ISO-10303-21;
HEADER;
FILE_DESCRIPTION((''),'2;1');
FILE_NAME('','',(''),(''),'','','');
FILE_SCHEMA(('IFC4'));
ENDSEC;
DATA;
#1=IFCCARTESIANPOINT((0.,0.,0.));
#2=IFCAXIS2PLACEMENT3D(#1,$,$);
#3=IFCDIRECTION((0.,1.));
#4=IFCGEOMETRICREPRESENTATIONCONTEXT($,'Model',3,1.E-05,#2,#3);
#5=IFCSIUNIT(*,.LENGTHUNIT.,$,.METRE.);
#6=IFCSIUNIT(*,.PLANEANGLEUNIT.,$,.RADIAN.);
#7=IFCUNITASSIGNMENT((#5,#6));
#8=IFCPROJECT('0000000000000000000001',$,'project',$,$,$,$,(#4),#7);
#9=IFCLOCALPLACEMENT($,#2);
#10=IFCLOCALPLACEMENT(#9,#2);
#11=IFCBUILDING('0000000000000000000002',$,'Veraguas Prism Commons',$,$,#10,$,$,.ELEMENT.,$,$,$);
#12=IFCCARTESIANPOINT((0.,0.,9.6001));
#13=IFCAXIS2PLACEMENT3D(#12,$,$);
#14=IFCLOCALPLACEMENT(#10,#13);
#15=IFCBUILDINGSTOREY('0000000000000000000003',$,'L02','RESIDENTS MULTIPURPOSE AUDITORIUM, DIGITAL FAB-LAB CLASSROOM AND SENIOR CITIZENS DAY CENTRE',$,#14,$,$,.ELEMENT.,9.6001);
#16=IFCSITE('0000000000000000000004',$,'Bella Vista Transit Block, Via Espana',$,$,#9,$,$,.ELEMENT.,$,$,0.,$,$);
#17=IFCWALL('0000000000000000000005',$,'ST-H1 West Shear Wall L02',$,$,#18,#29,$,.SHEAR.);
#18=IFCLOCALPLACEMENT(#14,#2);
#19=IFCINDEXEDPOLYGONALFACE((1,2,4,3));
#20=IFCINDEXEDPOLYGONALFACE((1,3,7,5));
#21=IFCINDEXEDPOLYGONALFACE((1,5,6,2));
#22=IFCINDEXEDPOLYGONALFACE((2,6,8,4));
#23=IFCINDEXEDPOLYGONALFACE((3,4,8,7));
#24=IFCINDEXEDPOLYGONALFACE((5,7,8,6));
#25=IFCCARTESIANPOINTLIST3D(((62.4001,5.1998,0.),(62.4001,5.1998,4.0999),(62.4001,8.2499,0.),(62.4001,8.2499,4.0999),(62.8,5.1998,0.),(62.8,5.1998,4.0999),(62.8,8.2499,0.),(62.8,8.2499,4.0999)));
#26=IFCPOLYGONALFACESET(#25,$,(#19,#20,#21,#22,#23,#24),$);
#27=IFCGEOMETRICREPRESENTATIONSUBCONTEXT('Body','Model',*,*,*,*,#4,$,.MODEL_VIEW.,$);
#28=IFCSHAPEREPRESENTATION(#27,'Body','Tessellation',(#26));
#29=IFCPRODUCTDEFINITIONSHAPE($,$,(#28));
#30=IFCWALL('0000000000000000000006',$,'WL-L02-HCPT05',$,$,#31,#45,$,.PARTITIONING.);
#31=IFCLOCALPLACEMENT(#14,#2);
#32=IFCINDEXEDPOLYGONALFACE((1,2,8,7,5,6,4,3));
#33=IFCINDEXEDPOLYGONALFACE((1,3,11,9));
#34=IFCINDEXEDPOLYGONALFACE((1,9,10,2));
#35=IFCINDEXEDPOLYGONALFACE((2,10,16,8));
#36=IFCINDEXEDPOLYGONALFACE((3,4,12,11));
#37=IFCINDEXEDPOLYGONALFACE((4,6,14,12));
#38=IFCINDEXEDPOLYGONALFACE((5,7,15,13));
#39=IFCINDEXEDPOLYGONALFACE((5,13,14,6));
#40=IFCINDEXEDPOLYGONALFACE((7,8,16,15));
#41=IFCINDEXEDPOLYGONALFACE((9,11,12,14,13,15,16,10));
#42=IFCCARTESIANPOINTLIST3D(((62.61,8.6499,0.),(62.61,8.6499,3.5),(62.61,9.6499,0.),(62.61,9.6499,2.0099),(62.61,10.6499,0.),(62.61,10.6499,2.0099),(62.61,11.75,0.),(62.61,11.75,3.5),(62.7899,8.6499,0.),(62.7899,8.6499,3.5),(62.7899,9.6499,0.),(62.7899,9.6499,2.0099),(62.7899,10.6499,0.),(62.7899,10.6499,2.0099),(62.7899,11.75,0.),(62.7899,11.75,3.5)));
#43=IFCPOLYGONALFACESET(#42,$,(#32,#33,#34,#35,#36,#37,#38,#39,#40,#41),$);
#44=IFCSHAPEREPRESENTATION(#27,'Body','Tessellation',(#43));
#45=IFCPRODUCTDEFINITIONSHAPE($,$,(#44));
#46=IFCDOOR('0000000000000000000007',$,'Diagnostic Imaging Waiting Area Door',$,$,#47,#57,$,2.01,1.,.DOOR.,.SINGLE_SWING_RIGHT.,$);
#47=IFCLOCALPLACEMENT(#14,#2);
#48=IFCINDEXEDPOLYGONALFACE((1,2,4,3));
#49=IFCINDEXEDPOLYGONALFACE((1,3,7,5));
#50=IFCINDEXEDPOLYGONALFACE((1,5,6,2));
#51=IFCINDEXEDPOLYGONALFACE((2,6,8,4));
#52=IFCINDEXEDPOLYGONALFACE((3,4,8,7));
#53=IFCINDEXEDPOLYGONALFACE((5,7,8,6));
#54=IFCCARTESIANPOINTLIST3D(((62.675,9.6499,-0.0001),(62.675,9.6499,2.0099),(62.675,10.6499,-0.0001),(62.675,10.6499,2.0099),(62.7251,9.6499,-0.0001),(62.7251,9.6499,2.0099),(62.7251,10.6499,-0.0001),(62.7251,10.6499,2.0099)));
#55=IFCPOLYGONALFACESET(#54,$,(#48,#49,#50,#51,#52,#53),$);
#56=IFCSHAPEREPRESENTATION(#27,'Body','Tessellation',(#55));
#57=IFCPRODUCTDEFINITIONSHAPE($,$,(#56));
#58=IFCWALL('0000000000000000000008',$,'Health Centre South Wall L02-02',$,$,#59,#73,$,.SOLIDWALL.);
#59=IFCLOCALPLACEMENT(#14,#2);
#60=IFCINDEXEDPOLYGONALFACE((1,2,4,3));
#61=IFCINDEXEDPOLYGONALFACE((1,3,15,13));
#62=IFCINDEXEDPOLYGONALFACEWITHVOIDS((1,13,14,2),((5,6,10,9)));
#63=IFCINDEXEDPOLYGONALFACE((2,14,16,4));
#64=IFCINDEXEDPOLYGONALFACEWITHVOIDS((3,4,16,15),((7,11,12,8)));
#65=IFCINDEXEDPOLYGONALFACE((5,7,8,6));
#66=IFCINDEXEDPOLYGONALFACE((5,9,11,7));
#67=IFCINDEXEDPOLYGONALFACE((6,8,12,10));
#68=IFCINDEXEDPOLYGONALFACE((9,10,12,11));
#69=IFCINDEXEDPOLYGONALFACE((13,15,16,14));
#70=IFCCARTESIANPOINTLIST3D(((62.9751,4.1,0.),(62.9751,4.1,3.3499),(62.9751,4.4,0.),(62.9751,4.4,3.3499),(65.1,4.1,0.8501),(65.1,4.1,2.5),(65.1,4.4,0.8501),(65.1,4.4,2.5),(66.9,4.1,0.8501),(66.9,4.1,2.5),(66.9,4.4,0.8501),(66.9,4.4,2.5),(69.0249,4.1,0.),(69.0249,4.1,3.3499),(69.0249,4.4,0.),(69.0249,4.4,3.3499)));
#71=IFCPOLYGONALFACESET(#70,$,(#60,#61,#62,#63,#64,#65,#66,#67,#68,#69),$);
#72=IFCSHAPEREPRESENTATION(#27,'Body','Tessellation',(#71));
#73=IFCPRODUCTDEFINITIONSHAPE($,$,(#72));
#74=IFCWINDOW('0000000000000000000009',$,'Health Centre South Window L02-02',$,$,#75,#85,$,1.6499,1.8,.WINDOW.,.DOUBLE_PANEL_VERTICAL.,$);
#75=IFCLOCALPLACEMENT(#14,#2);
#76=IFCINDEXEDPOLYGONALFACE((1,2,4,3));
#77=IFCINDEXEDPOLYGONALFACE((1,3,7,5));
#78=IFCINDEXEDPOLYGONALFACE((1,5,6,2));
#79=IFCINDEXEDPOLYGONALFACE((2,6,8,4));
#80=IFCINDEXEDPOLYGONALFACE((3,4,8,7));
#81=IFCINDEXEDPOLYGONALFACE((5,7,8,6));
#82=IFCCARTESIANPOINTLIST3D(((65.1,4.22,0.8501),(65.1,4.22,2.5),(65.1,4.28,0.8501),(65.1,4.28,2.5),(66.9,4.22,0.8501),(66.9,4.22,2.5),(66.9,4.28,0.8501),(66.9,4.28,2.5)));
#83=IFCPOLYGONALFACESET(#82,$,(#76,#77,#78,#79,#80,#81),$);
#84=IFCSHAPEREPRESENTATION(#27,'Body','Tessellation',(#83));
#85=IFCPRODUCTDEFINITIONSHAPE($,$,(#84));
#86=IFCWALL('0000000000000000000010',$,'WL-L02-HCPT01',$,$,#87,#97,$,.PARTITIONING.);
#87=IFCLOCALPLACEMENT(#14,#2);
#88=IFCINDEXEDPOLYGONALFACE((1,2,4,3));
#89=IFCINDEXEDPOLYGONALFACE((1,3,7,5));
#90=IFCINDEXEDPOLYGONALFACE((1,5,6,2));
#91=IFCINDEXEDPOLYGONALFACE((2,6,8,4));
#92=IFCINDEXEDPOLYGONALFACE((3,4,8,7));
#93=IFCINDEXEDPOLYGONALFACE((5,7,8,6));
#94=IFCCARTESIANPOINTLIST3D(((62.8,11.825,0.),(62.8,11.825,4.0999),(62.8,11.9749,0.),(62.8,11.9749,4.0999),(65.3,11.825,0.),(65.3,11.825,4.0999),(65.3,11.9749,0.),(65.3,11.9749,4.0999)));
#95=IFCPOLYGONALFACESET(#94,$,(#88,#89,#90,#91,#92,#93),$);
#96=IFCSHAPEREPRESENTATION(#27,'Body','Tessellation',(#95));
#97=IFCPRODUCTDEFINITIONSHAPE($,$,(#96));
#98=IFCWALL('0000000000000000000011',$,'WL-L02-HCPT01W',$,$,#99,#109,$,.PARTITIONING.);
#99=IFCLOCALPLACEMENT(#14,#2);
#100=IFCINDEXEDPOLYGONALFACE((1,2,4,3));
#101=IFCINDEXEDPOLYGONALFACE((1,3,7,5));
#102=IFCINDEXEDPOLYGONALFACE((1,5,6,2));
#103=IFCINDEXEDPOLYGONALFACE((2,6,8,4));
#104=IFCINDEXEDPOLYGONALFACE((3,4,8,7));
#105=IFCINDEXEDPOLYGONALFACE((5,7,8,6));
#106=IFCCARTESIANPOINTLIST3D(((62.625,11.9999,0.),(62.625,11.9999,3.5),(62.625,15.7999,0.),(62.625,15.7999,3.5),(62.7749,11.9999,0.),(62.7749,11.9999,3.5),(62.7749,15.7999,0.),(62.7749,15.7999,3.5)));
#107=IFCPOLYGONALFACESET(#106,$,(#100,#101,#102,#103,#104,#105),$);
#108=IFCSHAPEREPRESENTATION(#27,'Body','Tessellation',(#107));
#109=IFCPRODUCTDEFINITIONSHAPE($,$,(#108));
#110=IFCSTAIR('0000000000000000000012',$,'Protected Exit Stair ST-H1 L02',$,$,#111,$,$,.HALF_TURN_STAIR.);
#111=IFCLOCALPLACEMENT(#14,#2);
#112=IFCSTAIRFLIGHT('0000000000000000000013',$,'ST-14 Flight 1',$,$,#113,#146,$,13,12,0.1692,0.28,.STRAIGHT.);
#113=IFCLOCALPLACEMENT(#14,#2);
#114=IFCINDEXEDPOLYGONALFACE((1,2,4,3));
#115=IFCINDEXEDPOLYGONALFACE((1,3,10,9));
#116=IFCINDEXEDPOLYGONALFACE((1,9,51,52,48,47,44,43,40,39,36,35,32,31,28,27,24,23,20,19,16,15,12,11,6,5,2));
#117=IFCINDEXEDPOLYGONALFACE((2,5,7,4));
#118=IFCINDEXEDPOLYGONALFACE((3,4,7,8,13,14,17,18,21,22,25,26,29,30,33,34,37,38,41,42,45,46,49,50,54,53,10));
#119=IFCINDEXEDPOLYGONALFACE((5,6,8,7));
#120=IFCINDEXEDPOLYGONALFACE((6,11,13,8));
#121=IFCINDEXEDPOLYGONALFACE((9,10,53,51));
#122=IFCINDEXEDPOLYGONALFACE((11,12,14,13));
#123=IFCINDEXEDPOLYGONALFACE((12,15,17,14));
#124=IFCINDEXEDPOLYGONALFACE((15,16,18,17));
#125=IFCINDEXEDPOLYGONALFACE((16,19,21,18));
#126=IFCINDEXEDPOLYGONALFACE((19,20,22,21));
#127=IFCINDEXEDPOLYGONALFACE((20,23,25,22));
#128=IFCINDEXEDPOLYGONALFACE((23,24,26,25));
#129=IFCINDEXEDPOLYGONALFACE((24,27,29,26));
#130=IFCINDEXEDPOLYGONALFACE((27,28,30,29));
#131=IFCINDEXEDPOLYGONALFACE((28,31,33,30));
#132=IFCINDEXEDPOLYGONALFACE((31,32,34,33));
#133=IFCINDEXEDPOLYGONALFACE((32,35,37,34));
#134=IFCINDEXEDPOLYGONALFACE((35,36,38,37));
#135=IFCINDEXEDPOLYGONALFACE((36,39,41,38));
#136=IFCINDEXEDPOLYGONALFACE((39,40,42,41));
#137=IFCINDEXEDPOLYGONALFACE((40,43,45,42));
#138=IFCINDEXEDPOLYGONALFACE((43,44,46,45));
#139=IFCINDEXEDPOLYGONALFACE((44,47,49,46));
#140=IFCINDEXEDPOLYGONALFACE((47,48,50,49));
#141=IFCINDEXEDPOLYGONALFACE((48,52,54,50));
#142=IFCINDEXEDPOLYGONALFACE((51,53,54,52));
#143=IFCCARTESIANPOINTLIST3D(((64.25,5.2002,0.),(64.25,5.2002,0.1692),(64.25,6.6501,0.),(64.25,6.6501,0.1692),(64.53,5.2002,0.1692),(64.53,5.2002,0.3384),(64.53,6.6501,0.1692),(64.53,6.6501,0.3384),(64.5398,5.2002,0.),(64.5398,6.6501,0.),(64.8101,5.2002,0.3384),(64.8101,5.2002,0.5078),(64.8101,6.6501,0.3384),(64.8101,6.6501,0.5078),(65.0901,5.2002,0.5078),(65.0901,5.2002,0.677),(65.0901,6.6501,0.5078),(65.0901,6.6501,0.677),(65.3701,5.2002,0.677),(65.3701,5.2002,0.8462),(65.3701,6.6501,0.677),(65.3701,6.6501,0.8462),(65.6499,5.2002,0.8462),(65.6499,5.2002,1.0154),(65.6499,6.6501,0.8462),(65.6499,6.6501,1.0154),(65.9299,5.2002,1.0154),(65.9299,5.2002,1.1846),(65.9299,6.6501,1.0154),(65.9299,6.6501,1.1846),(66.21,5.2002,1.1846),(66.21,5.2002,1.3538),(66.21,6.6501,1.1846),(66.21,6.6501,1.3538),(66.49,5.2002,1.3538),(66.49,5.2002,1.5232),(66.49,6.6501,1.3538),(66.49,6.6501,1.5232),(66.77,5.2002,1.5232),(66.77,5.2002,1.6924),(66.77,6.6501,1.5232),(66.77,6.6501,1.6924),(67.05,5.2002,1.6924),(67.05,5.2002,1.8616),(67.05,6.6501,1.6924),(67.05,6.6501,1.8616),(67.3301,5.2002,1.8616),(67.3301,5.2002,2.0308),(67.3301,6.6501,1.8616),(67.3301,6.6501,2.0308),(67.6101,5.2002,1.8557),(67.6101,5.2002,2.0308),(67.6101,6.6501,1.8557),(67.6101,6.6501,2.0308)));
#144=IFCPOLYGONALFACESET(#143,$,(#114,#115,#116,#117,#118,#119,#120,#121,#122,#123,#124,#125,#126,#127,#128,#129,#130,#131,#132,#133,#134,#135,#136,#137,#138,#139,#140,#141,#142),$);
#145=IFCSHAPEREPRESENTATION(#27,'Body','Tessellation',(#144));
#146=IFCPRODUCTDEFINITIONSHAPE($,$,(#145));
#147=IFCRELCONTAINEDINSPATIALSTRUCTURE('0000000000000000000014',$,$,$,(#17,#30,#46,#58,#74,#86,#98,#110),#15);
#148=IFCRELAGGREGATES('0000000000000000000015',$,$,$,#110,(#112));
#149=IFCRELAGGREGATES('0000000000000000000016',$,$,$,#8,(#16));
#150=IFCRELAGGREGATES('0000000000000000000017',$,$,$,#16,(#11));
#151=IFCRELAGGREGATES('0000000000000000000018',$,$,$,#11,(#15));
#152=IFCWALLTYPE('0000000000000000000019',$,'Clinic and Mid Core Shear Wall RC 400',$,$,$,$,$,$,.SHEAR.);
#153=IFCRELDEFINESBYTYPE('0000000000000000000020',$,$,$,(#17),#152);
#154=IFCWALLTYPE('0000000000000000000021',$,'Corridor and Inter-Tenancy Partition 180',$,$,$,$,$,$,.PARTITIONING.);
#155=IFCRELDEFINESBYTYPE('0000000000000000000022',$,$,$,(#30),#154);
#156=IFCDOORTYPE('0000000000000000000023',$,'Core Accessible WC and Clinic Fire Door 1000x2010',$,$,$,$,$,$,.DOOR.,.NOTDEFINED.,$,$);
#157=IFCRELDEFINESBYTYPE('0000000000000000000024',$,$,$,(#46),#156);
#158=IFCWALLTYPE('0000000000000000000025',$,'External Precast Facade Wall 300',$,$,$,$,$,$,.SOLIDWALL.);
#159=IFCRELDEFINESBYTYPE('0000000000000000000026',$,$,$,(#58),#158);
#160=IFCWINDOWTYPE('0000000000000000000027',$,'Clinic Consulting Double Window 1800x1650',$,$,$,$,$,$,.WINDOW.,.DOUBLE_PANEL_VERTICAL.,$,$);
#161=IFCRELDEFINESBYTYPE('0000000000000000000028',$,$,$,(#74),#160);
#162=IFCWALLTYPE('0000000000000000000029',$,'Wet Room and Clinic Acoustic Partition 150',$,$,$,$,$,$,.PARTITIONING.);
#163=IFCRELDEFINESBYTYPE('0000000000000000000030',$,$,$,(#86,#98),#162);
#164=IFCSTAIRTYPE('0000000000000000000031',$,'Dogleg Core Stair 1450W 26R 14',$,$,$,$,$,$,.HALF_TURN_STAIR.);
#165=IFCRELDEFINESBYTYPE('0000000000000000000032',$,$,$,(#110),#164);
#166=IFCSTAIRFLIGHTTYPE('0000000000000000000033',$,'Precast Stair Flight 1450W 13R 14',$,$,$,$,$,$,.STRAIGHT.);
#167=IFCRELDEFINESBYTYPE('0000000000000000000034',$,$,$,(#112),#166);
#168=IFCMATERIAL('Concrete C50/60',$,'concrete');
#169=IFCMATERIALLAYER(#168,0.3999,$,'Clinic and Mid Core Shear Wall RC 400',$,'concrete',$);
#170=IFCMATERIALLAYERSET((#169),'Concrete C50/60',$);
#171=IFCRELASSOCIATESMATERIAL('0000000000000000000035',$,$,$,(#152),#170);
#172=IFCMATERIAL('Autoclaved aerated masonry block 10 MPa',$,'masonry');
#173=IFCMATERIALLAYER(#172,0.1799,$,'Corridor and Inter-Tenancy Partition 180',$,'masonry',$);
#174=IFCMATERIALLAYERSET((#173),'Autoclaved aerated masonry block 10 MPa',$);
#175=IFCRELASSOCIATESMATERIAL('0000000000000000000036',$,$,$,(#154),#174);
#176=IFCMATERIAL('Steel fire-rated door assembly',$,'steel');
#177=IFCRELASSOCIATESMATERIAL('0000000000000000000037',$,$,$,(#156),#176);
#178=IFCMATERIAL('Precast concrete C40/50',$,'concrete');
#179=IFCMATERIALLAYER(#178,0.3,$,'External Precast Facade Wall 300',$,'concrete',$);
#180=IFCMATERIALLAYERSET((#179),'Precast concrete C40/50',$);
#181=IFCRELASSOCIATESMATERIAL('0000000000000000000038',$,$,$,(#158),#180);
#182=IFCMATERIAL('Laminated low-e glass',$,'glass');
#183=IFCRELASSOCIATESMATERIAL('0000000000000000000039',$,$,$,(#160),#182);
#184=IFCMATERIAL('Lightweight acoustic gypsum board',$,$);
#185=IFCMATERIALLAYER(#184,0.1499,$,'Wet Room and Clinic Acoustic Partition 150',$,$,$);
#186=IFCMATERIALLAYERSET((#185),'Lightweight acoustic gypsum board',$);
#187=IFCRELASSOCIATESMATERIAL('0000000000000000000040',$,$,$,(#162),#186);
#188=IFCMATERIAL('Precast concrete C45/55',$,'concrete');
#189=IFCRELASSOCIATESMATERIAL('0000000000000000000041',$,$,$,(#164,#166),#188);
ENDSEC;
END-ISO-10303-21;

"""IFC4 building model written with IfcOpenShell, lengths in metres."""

from ifc_helpers import new_model, si_unit, direction, frame, frame_2d, origin, place, context, subcontext, project, spatial, polyline, rectangle, outline, extrude, source, transform, mapped, material, layer, layer_set, type_object, element, fill, aggregate, save


model = new_model("IFC4")

# Units and contexts
model_context = context("Model", 3, precision=1e-05, world=origin(), true_north=direction((0.0, 1.0)))
body_context = subcontext(model_context, "Body", "Model", "MODEL_VIEW")
ifc_project = project(units=[si_unit("LENGTHUNIT", "METRE"), si_unit("PLANEANGLEUNIT", "RADIAN")], contexts=[model_context])

# Site, building, storey
site_placement = place(None, origin())
site = spatial("IfcSite", under=ifc_project, at=site_placement, Name="Bella Vista Transit Block, Via Espana", CompositionType="ELEMENT", RefElevation=0.0)
building_placement = place(site_placement, origin())
building = spatial("IfcBuilding", under=site, at=building_placement, Name="Veraguas Prism Commons", CompositionType="ELEMENT")
storey_placement = place(building_placement, frame((0.0, 0.0, 9.6001)))
storey = spatial("IfcBuildingStorey", under=building, at=storey_placement, Name="L02", Description="RESIDENTS MULTIPURPOSE AUDITORIUM, DIGITAL FAB-LAB CLASSROOM AND SENIOR CITIZENS DAY CENTRE", CompositionType="ELEMENT", Elevation=9.6001)

# Shared definitions
ifc_material_1 = material(Name="Concrete C50/60", Category="concrete")

# Shared definitions
ifc_layer_1 = layer(ifc_material_1, 0.3999, Name="Clinic and Mid Core Shear Wall RC 400", Category="concrete")
ifc_layer_set_1 = layer_set([ifc_layer_1], Name="Concrete C50/60")
wall_type_1 = type_object("IfcWallType", Name="Clinic and Mid Core Shear Wall RC 400", PredefinedType="SHEAR", material=ifc_layer_set_1)

# Shared definitions
ifc_material_2 = material(Name="Steel fire-rated door assembly", Category="steel")

# Wall
wall_1_placement = place(storey_placement, frame((62.6001, 5.2, 0.0), z_axis=(0.0, 0.0, 1.0), x_axis=(0.0, 1.0, 0.0)))
element("IfcWall", 1, at=wall_1_placement, inside=storey, type_object=wall_type_1, Name="ST-H1 West Shear Wall L02", PredefinedType="SHEAR", context=body_context, shape_type="SweptSolid", body=[
    extrude(rectangle(XDim=3.05, YDim=0.3999, at=frame_2d((1.5249, 0.0))), origin(), (0.0, 0.0, 1.0), 4.0999),
])

# Wall, opening, door
ifc_material_3 = material(Name="Autoclaved aerated masonry block 10 MPa", Category="masonry")
ifc_layer_2 = layer(ifc_material_3, 0.1799, Name="Corridor and Inter-Tenancy Partition 180", Category="masonry")
ifc_layer_set_2 = layer_set([ifc_layer_2], Name="Autoclaved aerated masonry block 10 MPa")
wall_type_2 = type_object("IfcWallType", Name="Corridor and Inter-Tenancy Partition 180", PredefinedType="PARTITIONING", material=ifc_layer_set_2)
wall_2_placement = place(storey_placement, frame((62.7, 8.6499, 0.0), z_axis=(0.0, 0.0, 1.0), x_axis=(0.0, 1.0, 0.0)))
wall_2 = element("IfcWall", 2, at=wall_2_placement, inside=storey, type_object=wall_type_2, Name="WL-L02-HCPT05", PredefinedType="PARTITIONING", context=body_context, shape_type="SweptSolid", body=[
    extrude(rectangle(XDim=3.1001, YDim=0.1799, at=frame_2d((1.55, 0.0))), origin(), (0.0, 0.0, 1.0), 3.5),
])
opening_1_placement = place(wall_2_placement, frame((1.0, 0.0, 0.0)))
opening_1 = element("IfcOpeningElement", 3, at=opening_1_placement, cuts=wall_2, PredefinedType="OPENING", context=body_context, shape_type="SweptSolid", body=[
    extrude(rectangle(XDim=1.0, YDim=2.01, at=frame_2d((0.5, 1.0049))), frame((0.0, 0.0999, 0.0), z_axis=(0.0, -1.0, 0.0), x_axis=(1.0, 0.0, 0.0)), (0.0, 0.0, 1.0), 0.2),
])
door_type_1 = type_object("IfcDoorType", Name="Core Accessible WC and Clinic Fire Door 1000x2010", OperationType="NOTDEFINED", PredefinedType="DOOR", material=ifc_material_2)
shared_shape_1 = source(origin(), body_context, "Body", "SweptSolid", [
    extrude(rectangle(XDim=1.0, YDim=2.01, at=frame_2d((0.5, 1.0049))), frame((0.0, 0.0249, 0.0), z_axis=(0.0, -1.0, 0.0), x_axis=(1.0, 0.0, 0.0)), (0.0, 0.0, 1.0), 0.05),
])
door_1_placement = place(opening_1_placement, origin())
door_1 = element("IfcDoor", 4, at=door_1_placement, inside=storey, type_object=door_type_1, Name="Diagnostic Imaging Waiting Area Door", OperationType="SINGLE_SWING_RIGHT", OverallHeight=2.01, OverallWidth=1.0, PredefinedType="DOOR", context=body_context, shape_type="MappedRepresentation", body=[
    mapped(shared_shape_1, transform((0.0, 0.0, 0.0), scale=1.0)),
])
fill(opening_1, door_1)

# Wall, opening, window
ifc_material_4 = material(Name="Precast concrete C40/50", Category="concrete")
ifc_layer_3 = layer(ifc_material_4, 0.3, Name="External Precast Facade Wall 300", Category="concrete")
ifc_layer_set_3 = layer_set([ifc_layer_3], Name="Precast concrete C40/50")
wall_type_3 = type_object("IfcWallType", Name="External Precast Facade Wall 300", PredefinedType="SOLIDWALL", material=ifc_layer_set_3)
wall_3_placement = place(storey_placement, frame((62.9751, 4.25, 0.0), z_axis=(0.0, 0.0, 1.0), x_axis=(1.0, 0.0, 0.0)))
wall_3 = element("IfcWall", 5, at=wall_3_placement, inside=storey, type_object=wall_type_3, Name="Health Centre South Wall L02-02", PredefinedType="SOLIDWALL", context=body_context, shape_type="SweptSolid", body=[
    extrude(rectangle(XDim=6.0498, YDim=0.3, at=frame_2d((3.0249, 0.0))), origin(), (0.0, 0.0, 1.0), 3.3499),
])
opening_2_placement = place(wall_3_placement, frame((2.125, 0.0, 0.8501)))
opening_2 = element("IfcOpeningElement", 6, at=opening_2_placement, cuts=wall_3, PredefinedType="OPENING", context=body_context, shape_type="SweptSolid", body=[
    extrude(rectangle(XDim=1.8, YDim=1.6499, at=frame_2d((0.8999, 0.825))), frame((0.0, 0.1599, 0.0), z_axis=(0.0, -1.0, 0.0), x_axis=(1.0, 0.0, 0.0)), (0.0, 0.0, 1.0), 0.3201),
])
ifc_material_5 = material(Name="Laminated low-e glass", Category="glass")
window_type = type_object("IfcWindowType", Name="Clinic Consulting Double Window 1800x1650", PartitioningType="DOUBLE_PANEL_VERTICAL", PredefinedType="WINDOW", material=ifc_material_5)
shared_shape_2 = source(origin(), body_context, "Body", "SweptSolid", [
    extrude(rectangle(XDim=1.8, YDim=1.6499, at=frame_2d((0.8999, 0.825))), frame((0.0, 0.03, 0.0), z_axis=(0.0, -1.0, 0.0), x_axis=(1.0, 0.0, 0.0)), (0.0, 0.0, 1.0), 0.0601),
])
window_placement = place(opening_2_placement, origin())
window = element("IfcWindow", 7, at=window_placement, inside=storey, type_object=window_type, Name="Health Centre South Window L02-02", OverallHeight=1.6499, OverallWidth=1.8, PartitioningType="DOUBLE_PANEL_VERTICAL", PredefinedType="WINDOW", context=body_context, shape_type="MappedRepresentation", body=[
    mapped(shared_shape_2, transform((0.0, 0.0, 0.0), scale=1.0)),
])
fill(opening_2, window)

# Walls
ifc_material_6 = material(Name="Lightweight acoustic gypsum board")
ifc_layer_4 = layer(ifc_material_6, 0.1499, Name="Wet Room and Clinic Acoustic Partition 150")
ifc_layer_set_4 = layer_set([ifc_layer_4], Name="Lightweight acoustic gypsum board")
wall_type_4 = type_object("IfcWallType", Name="Wet Room and Clinic Acoustic Partition 150", PredefinedType="PARTITIONING", material=ifc_layer_set_4)
wall_4_placement = place(storey_placement, frame((62.8, 11.8999, 0.0), z_axis=(0.0, 0.0, 1.0), x_axis=(1.0, 0.0, 0.0)))
element("IfcWall", 8, at=wall_4_placement, inside=storey, type_object=wall_type_4, Name="WL-L02-HCPT01", PredefinedType="PARTITIONING", context=body_context, shape_type="SweptSolid", body=[
    extrude(rectangle(XDim=2.5, YDim=0.1499, at=frame_2d((1.25, 0.0))), origin(), (0.0, 0.0, 1.0), 4.0999),
])
wall_5_placement = place(storey_placement, frame((62.7, 12.0, 0.0), z_axis=(0.0, 0.0, 1.0), x_axis=(0.0, 1.0, 0.0)))
element("IfcWall", 9, at=wall_5_placement, inside=storey, type_object=wall_type_4, Name="WL-L02-HCPT01W", PredefinedType="PARTITIONING", context=body_context, shape_type="SweptSolid", body=[
    extrude(rectangle(XDim=3.8, YDim=0.1499, at=frame_2d((1.8999, 0.0))), origin(), (0.0, 0.0, 1.0), 3.5),
])

# Stair, stair flight
ifc_material_7 = material(Name="Precast concrete C45/55", Category="concrete")
stair_type = type_object("IfcStairType", Name="Dogleg Core Stair 1450W 26R 14", PredefinedType="HALF_TURN_STAIR", material=ifc_material_7)
stair_placement = place(storey_placement, origin())
stair = element("IfcStair", 10, at=stair_placement, inside=storey, type_object=stair_type, Name="Protected Exit Stair ST-H1 L02", PredefinedType="HALF_TURN_STAIR")
stair_flight_type = type_object("IfcStairFlightType", Name="Precast Stair Flight 1450W 13R 14", PredefinedType="STRAIGHT", material=ifc_material_7)
stair_flight_placement = place(storey_placement, frame((64.25, 5.925, 0.0), z_axis=(0.0, 0.0, 1.0), x_axis=(1.0, 0.0, 0.0)))
stair_flight = element("IfcStairFlight", 11, at=stair_flight_placement, type_object=stair_flight_type, Name="ST-14 Flight 1", NumberOfRisers=13, NumberOfTreads=12, PredefinedType="STRAIGHT", RiserHeight=0.1692, TreadLength=0.28, context=body_context, shape_type="SweptSolid", body=[
    extrude(outline(polyline([(0.0, 0.0), (0.0, 0.1692), (0.28, 0.1692), (0.28, 0.3384), (0.5601, 0.3384), (0.5601, 0.5078), (0.8401, 0.5078), (0.8401, 0.677), (1.1201, 0.677), (1.1201, 0.8462), (1.3999, 0.8462), (1.3999, 1.0154), (1.6799, 1.0154), (1.6799, 1.1846), (1.96, 1.1846), (1.96, 1.3538), (2.24, 1.3538), (2.24, 1.5232), (2.52, 1.5232), (2.52, 1.6924), (2.8, 1.6924), (2.8, 1.8616), (3.0801, 1.8616), (3.0801, 2.0308), (3.3601, 2.0308), (3.3601, 2.2), (3.3601, 1.8557), (0.2898, 0.0), (0.0, 0.0)])), frame((0.0, 0.7251, 0.0), z_axis=(0.0, -1.0, 0.0), x_axis=(1.0, 0.0, 0.0)), (0.0, 0.0, 1.0), 1.45),
])
aggregate(stair, [stair_flight])

save(model, "model.ifc")
